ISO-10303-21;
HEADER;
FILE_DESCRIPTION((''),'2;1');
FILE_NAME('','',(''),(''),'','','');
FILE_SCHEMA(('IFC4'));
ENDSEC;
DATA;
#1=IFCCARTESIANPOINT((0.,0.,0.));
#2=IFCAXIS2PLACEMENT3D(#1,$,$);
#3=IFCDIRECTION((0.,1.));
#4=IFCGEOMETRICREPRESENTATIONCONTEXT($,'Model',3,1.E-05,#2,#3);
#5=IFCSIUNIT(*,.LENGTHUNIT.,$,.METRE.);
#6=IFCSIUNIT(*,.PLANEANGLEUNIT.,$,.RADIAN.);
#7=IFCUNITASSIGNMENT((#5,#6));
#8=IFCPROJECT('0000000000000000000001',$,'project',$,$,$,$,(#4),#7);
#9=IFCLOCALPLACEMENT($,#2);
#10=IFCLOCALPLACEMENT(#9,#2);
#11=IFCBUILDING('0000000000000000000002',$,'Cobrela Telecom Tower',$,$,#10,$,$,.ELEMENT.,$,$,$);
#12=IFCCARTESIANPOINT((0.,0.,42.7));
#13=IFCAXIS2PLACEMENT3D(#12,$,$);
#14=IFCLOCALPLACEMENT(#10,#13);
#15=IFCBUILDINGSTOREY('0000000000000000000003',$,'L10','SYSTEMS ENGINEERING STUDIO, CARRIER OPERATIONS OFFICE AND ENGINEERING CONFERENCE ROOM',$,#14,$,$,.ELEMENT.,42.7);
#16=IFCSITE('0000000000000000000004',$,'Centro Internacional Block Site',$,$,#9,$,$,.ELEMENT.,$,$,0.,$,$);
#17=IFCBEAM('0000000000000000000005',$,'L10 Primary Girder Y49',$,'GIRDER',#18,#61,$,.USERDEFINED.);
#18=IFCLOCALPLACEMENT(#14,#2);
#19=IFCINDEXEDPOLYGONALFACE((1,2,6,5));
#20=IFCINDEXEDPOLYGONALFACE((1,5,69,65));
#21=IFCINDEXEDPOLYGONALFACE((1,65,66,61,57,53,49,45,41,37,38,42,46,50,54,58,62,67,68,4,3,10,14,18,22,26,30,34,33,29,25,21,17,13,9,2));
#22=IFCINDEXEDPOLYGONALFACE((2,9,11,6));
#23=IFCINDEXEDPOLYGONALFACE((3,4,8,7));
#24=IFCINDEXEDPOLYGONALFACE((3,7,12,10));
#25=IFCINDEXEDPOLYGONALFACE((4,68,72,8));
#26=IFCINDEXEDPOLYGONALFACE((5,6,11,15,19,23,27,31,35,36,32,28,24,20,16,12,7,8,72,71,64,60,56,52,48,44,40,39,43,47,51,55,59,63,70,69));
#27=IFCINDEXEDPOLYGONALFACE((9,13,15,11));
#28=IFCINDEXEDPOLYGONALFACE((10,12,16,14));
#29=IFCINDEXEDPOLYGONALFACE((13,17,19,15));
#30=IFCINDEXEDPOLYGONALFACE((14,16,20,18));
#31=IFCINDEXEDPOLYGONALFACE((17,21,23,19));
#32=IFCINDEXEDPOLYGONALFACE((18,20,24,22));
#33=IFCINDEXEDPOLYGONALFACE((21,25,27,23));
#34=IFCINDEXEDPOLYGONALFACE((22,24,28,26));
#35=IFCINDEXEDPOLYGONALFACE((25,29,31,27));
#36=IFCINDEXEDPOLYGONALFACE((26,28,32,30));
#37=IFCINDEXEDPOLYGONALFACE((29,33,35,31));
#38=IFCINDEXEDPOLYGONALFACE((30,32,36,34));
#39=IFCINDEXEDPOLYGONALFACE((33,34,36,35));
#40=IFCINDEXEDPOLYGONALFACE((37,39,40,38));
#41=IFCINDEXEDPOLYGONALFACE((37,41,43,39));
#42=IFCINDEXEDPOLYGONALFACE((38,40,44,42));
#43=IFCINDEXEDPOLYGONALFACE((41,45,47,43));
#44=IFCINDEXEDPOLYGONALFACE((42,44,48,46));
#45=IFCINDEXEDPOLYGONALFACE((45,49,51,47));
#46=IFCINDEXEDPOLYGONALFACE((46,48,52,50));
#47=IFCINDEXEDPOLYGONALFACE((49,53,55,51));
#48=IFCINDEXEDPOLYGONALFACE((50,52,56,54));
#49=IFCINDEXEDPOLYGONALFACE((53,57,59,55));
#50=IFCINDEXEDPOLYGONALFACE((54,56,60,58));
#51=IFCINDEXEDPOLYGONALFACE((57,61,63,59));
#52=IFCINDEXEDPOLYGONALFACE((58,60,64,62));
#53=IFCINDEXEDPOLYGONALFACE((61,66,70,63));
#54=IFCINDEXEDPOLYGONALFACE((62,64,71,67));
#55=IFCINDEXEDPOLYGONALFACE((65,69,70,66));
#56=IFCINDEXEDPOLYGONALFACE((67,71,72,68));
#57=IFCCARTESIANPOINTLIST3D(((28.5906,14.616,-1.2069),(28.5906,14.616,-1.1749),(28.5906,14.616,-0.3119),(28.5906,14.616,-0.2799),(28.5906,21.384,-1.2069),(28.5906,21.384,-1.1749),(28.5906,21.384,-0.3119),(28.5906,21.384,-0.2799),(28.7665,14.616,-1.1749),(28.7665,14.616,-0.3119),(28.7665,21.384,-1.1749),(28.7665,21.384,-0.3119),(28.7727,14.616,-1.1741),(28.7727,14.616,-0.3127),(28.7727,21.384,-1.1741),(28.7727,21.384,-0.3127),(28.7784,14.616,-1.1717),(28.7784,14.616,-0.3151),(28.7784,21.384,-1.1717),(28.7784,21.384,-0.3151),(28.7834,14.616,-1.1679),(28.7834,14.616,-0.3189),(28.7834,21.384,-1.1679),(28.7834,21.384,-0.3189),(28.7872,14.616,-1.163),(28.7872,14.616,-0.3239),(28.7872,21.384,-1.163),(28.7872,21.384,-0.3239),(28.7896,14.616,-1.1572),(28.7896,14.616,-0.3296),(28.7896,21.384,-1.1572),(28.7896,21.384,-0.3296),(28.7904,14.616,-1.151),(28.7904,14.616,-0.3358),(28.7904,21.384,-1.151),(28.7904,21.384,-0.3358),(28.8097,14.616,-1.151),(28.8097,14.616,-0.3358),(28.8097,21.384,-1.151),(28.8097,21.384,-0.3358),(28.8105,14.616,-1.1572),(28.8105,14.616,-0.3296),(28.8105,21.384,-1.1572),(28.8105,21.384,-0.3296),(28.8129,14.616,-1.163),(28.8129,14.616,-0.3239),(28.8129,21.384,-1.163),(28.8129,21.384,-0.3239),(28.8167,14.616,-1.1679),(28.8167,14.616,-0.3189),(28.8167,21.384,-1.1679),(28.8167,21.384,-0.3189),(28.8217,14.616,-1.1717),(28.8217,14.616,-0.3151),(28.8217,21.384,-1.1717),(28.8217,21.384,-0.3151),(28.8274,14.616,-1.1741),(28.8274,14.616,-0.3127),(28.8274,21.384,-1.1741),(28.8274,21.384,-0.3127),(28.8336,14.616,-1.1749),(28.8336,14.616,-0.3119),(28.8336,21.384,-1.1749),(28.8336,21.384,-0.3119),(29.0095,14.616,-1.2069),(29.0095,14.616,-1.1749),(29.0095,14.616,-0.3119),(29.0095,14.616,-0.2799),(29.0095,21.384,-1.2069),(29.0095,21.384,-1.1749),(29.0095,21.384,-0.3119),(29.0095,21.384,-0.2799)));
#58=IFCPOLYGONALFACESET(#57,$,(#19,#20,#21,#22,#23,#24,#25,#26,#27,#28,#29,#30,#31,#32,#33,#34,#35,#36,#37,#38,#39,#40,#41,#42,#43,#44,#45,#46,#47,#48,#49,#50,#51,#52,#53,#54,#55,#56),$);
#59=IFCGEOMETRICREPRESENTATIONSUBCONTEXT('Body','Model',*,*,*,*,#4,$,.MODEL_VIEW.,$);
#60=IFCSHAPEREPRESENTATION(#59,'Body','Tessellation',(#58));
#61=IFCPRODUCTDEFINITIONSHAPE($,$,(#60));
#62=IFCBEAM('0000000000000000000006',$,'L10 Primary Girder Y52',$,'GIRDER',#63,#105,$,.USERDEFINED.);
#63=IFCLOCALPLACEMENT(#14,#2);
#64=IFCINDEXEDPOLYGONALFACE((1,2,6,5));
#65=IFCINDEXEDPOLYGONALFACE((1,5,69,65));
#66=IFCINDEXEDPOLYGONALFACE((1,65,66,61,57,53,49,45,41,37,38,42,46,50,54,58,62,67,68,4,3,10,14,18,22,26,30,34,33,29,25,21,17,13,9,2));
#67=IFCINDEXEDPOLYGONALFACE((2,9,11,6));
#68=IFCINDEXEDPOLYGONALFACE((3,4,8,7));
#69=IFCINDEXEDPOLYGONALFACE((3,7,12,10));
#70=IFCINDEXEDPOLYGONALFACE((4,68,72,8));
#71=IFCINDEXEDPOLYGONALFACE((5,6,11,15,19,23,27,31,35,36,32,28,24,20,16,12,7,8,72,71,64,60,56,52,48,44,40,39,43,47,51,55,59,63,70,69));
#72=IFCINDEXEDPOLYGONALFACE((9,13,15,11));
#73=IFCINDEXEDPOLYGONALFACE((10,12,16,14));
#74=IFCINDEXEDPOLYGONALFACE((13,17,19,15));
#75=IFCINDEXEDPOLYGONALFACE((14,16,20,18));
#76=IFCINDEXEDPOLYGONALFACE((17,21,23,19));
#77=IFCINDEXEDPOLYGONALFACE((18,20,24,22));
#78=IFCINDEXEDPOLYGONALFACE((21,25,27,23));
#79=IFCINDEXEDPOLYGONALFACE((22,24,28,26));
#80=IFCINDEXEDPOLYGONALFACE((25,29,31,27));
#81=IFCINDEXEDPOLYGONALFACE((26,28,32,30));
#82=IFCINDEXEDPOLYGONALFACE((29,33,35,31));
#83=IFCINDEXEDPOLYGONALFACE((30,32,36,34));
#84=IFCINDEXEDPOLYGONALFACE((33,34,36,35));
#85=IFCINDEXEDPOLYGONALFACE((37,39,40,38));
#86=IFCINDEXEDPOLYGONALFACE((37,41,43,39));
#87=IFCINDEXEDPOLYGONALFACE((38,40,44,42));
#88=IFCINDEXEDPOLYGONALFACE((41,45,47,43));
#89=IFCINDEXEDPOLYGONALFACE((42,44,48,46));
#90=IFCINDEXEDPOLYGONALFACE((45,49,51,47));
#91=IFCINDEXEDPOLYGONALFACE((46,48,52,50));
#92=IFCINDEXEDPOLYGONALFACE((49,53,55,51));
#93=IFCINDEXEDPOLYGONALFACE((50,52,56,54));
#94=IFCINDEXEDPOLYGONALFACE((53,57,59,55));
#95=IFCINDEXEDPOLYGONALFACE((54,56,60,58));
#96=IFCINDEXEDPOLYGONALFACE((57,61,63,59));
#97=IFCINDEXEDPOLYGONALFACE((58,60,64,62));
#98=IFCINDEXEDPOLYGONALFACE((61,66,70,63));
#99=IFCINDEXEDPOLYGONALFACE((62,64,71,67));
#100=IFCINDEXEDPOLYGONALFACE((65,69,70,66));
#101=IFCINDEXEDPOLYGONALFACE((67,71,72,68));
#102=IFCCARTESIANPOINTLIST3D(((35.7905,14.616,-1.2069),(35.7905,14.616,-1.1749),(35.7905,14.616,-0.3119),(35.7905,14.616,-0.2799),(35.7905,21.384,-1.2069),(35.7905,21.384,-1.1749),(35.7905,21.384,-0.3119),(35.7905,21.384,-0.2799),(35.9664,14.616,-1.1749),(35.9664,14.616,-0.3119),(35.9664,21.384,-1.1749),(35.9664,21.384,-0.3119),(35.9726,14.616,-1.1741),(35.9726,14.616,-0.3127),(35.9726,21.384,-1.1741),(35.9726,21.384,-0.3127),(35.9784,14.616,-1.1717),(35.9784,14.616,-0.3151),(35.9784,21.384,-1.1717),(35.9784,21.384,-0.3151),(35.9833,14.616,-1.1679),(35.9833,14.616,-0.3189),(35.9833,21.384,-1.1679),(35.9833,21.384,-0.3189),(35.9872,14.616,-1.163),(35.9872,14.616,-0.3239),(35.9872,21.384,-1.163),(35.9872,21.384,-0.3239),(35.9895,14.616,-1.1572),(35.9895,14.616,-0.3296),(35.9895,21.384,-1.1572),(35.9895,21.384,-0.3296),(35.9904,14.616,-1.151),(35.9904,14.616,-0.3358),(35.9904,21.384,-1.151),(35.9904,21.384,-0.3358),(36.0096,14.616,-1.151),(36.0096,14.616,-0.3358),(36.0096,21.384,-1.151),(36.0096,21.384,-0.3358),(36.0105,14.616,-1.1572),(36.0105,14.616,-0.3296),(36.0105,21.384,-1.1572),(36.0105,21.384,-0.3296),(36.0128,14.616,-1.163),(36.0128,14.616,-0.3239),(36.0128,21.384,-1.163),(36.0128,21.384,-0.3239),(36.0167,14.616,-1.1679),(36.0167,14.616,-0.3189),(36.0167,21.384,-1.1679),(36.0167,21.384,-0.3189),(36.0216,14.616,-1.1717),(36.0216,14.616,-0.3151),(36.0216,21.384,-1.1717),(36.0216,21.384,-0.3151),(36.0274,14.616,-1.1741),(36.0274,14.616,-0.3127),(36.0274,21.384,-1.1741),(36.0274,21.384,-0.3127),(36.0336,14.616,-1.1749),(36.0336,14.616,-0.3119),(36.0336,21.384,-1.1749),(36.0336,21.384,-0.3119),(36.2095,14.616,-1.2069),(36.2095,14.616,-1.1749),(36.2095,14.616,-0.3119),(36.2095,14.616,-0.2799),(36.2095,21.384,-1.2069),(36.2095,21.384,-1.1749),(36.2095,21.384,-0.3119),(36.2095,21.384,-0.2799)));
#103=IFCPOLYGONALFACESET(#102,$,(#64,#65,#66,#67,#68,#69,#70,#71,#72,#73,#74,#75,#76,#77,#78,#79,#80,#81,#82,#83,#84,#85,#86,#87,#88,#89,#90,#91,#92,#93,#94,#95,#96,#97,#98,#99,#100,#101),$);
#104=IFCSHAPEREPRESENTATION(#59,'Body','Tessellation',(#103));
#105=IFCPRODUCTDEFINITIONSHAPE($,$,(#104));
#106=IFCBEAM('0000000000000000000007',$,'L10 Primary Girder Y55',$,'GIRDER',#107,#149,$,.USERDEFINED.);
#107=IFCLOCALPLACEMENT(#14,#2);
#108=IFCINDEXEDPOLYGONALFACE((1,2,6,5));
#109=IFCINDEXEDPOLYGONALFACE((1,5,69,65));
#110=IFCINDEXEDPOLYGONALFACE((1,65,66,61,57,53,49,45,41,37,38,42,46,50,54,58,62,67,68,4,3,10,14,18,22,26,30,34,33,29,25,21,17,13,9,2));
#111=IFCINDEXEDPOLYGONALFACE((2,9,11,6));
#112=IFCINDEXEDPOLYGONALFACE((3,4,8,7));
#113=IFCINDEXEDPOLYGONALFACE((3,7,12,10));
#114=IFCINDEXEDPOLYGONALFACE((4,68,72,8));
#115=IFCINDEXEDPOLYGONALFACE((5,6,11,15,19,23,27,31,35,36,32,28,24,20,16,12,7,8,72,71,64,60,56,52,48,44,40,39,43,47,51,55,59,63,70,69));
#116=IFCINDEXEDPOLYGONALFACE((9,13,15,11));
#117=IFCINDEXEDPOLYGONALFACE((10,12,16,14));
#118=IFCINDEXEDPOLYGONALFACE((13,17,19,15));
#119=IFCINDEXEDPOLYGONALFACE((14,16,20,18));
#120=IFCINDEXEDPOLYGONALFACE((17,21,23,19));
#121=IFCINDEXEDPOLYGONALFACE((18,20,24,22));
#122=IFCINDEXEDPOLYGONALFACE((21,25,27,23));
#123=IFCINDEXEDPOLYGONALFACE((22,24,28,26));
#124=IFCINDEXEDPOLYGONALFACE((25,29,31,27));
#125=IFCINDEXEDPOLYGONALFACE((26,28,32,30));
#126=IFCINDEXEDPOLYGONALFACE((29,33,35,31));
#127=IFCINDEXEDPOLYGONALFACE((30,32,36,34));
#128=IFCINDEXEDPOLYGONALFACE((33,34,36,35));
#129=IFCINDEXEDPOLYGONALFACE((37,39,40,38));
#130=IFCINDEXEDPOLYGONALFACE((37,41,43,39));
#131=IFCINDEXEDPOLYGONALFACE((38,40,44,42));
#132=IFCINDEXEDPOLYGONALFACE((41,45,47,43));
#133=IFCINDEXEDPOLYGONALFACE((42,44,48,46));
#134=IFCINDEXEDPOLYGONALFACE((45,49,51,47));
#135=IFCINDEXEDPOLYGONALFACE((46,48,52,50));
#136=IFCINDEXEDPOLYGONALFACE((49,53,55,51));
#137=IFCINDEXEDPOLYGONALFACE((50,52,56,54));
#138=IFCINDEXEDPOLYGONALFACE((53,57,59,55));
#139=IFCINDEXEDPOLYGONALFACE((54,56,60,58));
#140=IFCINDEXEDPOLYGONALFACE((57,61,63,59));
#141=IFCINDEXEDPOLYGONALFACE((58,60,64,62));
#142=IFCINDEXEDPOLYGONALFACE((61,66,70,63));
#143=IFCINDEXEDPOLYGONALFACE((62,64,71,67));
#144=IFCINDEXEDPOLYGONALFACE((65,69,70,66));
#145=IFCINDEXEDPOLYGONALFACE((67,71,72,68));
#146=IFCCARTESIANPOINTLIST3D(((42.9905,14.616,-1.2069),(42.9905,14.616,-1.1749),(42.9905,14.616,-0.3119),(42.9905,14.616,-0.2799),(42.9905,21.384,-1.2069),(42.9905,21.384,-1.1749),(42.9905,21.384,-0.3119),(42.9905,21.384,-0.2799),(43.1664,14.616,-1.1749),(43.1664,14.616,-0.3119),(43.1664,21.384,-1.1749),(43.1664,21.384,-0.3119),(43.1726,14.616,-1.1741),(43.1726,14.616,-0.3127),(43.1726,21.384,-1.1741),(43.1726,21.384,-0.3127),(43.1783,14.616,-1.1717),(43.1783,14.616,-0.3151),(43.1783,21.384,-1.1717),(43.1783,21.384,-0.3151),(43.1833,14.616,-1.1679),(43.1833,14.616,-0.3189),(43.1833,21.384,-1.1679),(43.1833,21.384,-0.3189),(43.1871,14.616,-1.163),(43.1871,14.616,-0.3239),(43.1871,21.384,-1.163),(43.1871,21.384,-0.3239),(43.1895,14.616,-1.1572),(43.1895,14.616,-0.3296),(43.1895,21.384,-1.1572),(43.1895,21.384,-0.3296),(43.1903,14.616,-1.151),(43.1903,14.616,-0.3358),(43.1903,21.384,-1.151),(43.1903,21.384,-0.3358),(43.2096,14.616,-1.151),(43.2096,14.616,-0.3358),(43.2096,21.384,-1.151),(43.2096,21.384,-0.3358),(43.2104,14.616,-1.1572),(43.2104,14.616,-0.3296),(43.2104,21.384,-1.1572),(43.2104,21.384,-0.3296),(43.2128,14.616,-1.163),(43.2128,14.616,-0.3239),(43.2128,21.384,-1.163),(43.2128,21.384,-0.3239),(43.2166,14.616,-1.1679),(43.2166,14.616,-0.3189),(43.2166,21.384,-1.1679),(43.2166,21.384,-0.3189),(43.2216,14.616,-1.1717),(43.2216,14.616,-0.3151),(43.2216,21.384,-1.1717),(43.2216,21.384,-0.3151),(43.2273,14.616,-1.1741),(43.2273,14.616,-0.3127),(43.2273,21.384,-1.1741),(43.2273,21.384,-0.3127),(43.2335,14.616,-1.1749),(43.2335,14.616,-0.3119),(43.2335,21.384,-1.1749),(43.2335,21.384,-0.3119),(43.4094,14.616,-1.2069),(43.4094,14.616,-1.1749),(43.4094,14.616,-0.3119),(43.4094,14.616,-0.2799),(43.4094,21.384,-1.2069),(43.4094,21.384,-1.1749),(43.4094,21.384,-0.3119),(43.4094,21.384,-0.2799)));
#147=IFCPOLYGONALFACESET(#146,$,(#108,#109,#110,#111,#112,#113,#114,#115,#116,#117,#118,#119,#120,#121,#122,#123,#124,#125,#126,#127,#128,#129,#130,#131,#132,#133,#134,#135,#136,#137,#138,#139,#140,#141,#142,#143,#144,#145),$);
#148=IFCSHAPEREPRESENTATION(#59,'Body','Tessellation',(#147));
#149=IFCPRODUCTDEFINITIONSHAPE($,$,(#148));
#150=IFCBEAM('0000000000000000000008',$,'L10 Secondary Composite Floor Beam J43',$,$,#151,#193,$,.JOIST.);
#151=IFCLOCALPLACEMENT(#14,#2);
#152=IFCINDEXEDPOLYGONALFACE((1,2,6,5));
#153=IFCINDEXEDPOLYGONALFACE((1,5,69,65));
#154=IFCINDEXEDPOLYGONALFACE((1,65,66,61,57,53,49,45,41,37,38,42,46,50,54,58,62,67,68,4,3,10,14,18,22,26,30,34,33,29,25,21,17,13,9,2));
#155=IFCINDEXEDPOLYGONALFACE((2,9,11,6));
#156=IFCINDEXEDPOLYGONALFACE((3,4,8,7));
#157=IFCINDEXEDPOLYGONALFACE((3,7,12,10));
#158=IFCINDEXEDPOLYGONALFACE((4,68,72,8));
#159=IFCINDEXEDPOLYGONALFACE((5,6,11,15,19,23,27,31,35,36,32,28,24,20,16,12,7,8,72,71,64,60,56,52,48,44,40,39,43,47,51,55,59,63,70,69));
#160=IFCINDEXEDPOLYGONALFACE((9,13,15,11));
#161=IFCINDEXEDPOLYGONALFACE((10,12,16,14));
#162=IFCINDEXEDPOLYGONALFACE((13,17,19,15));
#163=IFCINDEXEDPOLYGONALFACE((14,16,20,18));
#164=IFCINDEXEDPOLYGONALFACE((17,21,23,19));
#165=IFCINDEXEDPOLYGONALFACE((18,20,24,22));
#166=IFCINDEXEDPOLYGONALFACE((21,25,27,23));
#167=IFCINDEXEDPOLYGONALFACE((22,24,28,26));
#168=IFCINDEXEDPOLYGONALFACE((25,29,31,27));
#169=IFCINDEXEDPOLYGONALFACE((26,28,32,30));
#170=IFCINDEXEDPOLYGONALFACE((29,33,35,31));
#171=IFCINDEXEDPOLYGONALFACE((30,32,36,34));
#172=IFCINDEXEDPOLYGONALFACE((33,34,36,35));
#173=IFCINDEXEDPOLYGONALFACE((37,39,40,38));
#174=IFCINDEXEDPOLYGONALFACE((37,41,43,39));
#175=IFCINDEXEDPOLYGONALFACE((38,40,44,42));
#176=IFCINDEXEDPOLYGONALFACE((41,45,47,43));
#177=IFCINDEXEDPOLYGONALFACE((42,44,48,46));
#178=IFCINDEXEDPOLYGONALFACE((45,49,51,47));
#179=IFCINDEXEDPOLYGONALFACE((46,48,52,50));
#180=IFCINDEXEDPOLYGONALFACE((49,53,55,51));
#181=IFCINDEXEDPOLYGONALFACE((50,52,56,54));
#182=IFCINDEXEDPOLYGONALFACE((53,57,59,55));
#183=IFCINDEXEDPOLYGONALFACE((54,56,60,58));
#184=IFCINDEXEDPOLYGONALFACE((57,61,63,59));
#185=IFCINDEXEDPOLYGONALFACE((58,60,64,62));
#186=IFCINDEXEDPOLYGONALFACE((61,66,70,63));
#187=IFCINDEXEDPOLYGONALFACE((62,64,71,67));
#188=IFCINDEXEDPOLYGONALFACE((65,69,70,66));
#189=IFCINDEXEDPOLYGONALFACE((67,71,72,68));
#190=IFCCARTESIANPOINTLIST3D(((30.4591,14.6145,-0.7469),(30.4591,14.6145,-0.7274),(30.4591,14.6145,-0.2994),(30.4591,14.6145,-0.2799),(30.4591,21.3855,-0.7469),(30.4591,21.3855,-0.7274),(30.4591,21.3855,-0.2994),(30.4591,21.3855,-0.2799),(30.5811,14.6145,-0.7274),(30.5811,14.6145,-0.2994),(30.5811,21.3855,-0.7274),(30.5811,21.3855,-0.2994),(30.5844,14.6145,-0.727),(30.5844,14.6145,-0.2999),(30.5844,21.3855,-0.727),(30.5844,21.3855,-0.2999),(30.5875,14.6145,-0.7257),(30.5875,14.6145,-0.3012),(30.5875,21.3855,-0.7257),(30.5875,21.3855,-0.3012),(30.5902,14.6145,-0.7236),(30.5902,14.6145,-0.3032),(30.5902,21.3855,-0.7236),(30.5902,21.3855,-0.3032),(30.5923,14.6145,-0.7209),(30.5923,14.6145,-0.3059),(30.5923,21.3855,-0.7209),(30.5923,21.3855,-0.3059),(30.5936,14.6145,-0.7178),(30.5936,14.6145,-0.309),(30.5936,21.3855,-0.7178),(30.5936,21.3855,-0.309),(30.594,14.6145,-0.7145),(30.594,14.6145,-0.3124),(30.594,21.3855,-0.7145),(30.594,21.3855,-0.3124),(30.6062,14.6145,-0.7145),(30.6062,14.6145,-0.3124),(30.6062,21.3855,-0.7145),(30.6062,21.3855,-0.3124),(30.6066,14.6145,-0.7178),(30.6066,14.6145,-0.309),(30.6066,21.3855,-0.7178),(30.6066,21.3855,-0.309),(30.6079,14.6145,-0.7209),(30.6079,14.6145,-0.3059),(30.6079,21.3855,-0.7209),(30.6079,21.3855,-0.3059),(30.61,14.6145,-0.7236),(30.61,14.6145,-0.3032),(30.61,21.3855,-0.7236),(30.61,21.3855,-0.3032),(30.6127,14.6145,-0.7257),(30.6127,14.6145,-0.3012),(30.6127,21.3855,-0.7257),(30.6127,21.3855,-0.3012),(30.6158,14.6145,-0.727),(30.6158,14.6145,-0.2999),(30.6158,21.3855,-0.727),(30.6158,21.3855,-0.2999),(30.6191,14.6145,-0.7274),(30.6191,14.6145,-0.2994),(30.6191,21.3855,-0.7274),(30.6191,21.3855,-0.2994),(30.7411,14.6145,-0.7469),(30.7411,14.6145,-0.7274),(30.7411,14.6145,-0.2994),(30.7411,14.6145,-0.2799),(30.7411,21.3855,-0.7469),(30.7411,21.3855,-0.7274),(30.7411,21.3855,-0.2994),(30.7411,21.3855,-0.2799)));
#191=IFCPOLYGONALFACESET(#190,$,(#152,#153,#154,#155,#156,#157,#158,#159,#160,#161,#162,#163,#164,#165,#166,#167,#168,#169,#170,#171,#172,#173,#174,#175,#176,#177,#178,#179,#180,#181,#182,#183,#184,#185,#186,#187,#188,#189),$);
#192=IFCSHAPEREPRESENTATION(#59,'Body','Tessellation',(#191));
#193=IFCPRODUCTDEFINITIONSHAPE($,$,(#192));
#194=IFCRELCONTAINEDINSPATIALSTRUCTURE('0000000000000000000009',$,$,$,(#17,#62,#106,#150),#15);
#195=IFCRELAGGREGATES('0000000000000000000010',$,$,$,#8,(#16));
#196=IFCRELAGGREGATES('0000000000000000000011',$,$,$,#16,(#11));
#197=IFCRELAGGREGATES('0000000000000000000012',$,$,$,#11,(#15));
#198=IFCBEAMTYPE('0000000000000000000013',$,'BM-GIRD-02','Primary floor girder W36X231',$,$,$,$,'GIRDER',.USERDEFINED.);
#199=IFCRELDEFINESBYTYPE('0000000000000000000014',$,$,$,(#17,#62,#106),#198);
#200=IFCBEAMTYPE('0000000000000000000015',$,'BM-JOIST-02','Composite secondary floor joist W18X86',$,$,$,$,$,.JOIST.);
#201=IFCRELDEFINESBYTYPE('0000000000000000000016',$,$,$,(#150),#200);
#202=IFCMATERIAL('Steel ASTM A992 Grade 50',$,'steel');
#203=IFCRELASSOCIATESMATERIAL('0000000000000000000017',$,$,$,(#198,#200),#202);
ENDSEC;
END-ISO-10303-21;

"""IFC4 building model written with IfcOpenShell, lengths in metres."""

from ifc_helpers import new_model, si_unit, direction, frame, origin, origin_2d, place, context, subcontext, project, spatial, i_section, extrude, material, material_profile, profile_set, type_object, element, save


model = new_model("IFC4")

# Units and contexts
model_context = context("Model", 3, precision=1e-05, world=origin(), true_north=direction((0.0, 1.0)))
body_context = subcontext(model_context, "Body", "Model", "MODEL_VIEW")
ifc_project = project(units=[si_unit("LENGTHUNIT", "METRE"), si_unit("PLANEANGLEUNIT", "RADIAN")], contexts=[model_context])

# Site, building, storey
site_placement = place(None, origin())
site = spatial("IfcSite", under=ifc_project, at=site_placement, Name="Centro Internacional Block Site", CompositionType="ELEMENT", RefElevation=0.0)
building_placement = place(site_placement, origin())
building = spatial("IfcBuilding", under=site, at=building_placement, Name="Cobrela Telecom Tower", CompositionType="ELEMENT")
storey_placement = place(building_placement, frame((0.0, 0.0, 42.7)))
storey = spatial("IfcBuildingStorey", under=building, at=storey_placement, Name="L10", Description="SYSTEMS ENGINEERING STUDIO, CARRIER OPERATIONS OFFICE AND ENGINEERING CONFERENCE ROOM", CompositionType="ELEMENT", Elevation=42.7)

# Shared definitions
ifc_material_1 = material(Name="Steel ASTM A992 Grade 50", Category="steel")

# Beams
ifc_material_profile_1 = material_profile(ifc_material_1, i_section(OverallWidth=0.4189, OverallDepth=0.927, WebThickness=0.0193, FlangeThickness=0.032, FilletRadius=0.0239, at=origin_2d()), Name="W36X231")
ifc_profile_set_1 = profile_set([ifc_material_profile_1], Name="Steel ASTM A992 Grade 50")
beam_type_1 = type_object("IfcBeamType", Name="BM-GIRD-02", Description="Primary floor girder W36X231", ElementType="GIRDER", PredefinedType="USERDEFINED", material=ifc_profile_set_1)
for number, where, z_axis, x_axis, name in (
    (1, (28.8, 14.616, -0.7434), (0.0, 1.0, 0.0), (-1.0, 0.0, 0.0), "L10 Primary Girder Y49"),
    (2, (36.0, 14.616, -0.7434), (0.0, 1.0, 0.0), (-1.0, 0.0, 0.0), "L10 Primary Girder Y52"),
    (3, (43.2, 14.616, -0.7434), (0.0, 1.0, 0.0), (-1.0, 0.0, 0.0), "L10 Primary Girder Y55"),
):
    element("IfcBeam", number, at=place(storey_placement, frame(where, z_axis=z_axis, x_axis=x_axis)), inside=storey, type_object=beam_type_1, Name=name, ObjectType="GIRDER", PredefinedType="USERDEFINED", context=body_context, shape_type="SweptSolid", body=[
        extrude(i_section(OverallWidth=0.4189, OverallDepth=0.927, WebThickness=0.0193, FlangeThickness=0.032, FilletRadius=0.0239, at=origin_2d()), origin(), (0.0, 0.0, 1.0), 6.7681),
    ])
ifc_material_profile_2 = material_profile(ifc_material_1, i_section(OverallWidth=0.282, OverallDepth=0.467, WebThickness=0.0122, FlangeThickness=0.0195, FilletRadius=0.0129, at=origin_2d()), Name="W18X86")
ifc_profile_set_2 = profile_set([ifc_material_profile_2], Name="Steel ASTM A992 Grade 50")
beam_type_2 = type_object("IfcBeamType", Name="BM-JOIST-02", Description="Composite secondary floor joist W18X86", PredefinedType="JOIST", material=ifc_profile_set_2)
for number, where, z_axis, x_axis, name in (
    (4, (30.6001, 14.6145, -0.5134), (0.0, 1.0, 0.0), (-1.0, 0.0, 0.0), "L10 Secondary Composite Floor Beam J43"),
):
    element("IfcBeam", number, at=place(storey_placement, frame(where, z_axis=z_axis, x_axis=x_axis)), inside=storey, type_object=beam_type_2, Name=name, PredefinedType="JOIST", context=body_context, shape_type="SweptSolid", body=[
        extrude(i_section(OverallWidth=0.282, OverallDepth=0.467, WebThickness=0.0122, FlangeThickness=0.0195, FilletRadius=0.0129, at=origin_2d()), origin(), (0.0, 0.0, 1.0), 6.771),
    ])

save(model, "model.ifc")
